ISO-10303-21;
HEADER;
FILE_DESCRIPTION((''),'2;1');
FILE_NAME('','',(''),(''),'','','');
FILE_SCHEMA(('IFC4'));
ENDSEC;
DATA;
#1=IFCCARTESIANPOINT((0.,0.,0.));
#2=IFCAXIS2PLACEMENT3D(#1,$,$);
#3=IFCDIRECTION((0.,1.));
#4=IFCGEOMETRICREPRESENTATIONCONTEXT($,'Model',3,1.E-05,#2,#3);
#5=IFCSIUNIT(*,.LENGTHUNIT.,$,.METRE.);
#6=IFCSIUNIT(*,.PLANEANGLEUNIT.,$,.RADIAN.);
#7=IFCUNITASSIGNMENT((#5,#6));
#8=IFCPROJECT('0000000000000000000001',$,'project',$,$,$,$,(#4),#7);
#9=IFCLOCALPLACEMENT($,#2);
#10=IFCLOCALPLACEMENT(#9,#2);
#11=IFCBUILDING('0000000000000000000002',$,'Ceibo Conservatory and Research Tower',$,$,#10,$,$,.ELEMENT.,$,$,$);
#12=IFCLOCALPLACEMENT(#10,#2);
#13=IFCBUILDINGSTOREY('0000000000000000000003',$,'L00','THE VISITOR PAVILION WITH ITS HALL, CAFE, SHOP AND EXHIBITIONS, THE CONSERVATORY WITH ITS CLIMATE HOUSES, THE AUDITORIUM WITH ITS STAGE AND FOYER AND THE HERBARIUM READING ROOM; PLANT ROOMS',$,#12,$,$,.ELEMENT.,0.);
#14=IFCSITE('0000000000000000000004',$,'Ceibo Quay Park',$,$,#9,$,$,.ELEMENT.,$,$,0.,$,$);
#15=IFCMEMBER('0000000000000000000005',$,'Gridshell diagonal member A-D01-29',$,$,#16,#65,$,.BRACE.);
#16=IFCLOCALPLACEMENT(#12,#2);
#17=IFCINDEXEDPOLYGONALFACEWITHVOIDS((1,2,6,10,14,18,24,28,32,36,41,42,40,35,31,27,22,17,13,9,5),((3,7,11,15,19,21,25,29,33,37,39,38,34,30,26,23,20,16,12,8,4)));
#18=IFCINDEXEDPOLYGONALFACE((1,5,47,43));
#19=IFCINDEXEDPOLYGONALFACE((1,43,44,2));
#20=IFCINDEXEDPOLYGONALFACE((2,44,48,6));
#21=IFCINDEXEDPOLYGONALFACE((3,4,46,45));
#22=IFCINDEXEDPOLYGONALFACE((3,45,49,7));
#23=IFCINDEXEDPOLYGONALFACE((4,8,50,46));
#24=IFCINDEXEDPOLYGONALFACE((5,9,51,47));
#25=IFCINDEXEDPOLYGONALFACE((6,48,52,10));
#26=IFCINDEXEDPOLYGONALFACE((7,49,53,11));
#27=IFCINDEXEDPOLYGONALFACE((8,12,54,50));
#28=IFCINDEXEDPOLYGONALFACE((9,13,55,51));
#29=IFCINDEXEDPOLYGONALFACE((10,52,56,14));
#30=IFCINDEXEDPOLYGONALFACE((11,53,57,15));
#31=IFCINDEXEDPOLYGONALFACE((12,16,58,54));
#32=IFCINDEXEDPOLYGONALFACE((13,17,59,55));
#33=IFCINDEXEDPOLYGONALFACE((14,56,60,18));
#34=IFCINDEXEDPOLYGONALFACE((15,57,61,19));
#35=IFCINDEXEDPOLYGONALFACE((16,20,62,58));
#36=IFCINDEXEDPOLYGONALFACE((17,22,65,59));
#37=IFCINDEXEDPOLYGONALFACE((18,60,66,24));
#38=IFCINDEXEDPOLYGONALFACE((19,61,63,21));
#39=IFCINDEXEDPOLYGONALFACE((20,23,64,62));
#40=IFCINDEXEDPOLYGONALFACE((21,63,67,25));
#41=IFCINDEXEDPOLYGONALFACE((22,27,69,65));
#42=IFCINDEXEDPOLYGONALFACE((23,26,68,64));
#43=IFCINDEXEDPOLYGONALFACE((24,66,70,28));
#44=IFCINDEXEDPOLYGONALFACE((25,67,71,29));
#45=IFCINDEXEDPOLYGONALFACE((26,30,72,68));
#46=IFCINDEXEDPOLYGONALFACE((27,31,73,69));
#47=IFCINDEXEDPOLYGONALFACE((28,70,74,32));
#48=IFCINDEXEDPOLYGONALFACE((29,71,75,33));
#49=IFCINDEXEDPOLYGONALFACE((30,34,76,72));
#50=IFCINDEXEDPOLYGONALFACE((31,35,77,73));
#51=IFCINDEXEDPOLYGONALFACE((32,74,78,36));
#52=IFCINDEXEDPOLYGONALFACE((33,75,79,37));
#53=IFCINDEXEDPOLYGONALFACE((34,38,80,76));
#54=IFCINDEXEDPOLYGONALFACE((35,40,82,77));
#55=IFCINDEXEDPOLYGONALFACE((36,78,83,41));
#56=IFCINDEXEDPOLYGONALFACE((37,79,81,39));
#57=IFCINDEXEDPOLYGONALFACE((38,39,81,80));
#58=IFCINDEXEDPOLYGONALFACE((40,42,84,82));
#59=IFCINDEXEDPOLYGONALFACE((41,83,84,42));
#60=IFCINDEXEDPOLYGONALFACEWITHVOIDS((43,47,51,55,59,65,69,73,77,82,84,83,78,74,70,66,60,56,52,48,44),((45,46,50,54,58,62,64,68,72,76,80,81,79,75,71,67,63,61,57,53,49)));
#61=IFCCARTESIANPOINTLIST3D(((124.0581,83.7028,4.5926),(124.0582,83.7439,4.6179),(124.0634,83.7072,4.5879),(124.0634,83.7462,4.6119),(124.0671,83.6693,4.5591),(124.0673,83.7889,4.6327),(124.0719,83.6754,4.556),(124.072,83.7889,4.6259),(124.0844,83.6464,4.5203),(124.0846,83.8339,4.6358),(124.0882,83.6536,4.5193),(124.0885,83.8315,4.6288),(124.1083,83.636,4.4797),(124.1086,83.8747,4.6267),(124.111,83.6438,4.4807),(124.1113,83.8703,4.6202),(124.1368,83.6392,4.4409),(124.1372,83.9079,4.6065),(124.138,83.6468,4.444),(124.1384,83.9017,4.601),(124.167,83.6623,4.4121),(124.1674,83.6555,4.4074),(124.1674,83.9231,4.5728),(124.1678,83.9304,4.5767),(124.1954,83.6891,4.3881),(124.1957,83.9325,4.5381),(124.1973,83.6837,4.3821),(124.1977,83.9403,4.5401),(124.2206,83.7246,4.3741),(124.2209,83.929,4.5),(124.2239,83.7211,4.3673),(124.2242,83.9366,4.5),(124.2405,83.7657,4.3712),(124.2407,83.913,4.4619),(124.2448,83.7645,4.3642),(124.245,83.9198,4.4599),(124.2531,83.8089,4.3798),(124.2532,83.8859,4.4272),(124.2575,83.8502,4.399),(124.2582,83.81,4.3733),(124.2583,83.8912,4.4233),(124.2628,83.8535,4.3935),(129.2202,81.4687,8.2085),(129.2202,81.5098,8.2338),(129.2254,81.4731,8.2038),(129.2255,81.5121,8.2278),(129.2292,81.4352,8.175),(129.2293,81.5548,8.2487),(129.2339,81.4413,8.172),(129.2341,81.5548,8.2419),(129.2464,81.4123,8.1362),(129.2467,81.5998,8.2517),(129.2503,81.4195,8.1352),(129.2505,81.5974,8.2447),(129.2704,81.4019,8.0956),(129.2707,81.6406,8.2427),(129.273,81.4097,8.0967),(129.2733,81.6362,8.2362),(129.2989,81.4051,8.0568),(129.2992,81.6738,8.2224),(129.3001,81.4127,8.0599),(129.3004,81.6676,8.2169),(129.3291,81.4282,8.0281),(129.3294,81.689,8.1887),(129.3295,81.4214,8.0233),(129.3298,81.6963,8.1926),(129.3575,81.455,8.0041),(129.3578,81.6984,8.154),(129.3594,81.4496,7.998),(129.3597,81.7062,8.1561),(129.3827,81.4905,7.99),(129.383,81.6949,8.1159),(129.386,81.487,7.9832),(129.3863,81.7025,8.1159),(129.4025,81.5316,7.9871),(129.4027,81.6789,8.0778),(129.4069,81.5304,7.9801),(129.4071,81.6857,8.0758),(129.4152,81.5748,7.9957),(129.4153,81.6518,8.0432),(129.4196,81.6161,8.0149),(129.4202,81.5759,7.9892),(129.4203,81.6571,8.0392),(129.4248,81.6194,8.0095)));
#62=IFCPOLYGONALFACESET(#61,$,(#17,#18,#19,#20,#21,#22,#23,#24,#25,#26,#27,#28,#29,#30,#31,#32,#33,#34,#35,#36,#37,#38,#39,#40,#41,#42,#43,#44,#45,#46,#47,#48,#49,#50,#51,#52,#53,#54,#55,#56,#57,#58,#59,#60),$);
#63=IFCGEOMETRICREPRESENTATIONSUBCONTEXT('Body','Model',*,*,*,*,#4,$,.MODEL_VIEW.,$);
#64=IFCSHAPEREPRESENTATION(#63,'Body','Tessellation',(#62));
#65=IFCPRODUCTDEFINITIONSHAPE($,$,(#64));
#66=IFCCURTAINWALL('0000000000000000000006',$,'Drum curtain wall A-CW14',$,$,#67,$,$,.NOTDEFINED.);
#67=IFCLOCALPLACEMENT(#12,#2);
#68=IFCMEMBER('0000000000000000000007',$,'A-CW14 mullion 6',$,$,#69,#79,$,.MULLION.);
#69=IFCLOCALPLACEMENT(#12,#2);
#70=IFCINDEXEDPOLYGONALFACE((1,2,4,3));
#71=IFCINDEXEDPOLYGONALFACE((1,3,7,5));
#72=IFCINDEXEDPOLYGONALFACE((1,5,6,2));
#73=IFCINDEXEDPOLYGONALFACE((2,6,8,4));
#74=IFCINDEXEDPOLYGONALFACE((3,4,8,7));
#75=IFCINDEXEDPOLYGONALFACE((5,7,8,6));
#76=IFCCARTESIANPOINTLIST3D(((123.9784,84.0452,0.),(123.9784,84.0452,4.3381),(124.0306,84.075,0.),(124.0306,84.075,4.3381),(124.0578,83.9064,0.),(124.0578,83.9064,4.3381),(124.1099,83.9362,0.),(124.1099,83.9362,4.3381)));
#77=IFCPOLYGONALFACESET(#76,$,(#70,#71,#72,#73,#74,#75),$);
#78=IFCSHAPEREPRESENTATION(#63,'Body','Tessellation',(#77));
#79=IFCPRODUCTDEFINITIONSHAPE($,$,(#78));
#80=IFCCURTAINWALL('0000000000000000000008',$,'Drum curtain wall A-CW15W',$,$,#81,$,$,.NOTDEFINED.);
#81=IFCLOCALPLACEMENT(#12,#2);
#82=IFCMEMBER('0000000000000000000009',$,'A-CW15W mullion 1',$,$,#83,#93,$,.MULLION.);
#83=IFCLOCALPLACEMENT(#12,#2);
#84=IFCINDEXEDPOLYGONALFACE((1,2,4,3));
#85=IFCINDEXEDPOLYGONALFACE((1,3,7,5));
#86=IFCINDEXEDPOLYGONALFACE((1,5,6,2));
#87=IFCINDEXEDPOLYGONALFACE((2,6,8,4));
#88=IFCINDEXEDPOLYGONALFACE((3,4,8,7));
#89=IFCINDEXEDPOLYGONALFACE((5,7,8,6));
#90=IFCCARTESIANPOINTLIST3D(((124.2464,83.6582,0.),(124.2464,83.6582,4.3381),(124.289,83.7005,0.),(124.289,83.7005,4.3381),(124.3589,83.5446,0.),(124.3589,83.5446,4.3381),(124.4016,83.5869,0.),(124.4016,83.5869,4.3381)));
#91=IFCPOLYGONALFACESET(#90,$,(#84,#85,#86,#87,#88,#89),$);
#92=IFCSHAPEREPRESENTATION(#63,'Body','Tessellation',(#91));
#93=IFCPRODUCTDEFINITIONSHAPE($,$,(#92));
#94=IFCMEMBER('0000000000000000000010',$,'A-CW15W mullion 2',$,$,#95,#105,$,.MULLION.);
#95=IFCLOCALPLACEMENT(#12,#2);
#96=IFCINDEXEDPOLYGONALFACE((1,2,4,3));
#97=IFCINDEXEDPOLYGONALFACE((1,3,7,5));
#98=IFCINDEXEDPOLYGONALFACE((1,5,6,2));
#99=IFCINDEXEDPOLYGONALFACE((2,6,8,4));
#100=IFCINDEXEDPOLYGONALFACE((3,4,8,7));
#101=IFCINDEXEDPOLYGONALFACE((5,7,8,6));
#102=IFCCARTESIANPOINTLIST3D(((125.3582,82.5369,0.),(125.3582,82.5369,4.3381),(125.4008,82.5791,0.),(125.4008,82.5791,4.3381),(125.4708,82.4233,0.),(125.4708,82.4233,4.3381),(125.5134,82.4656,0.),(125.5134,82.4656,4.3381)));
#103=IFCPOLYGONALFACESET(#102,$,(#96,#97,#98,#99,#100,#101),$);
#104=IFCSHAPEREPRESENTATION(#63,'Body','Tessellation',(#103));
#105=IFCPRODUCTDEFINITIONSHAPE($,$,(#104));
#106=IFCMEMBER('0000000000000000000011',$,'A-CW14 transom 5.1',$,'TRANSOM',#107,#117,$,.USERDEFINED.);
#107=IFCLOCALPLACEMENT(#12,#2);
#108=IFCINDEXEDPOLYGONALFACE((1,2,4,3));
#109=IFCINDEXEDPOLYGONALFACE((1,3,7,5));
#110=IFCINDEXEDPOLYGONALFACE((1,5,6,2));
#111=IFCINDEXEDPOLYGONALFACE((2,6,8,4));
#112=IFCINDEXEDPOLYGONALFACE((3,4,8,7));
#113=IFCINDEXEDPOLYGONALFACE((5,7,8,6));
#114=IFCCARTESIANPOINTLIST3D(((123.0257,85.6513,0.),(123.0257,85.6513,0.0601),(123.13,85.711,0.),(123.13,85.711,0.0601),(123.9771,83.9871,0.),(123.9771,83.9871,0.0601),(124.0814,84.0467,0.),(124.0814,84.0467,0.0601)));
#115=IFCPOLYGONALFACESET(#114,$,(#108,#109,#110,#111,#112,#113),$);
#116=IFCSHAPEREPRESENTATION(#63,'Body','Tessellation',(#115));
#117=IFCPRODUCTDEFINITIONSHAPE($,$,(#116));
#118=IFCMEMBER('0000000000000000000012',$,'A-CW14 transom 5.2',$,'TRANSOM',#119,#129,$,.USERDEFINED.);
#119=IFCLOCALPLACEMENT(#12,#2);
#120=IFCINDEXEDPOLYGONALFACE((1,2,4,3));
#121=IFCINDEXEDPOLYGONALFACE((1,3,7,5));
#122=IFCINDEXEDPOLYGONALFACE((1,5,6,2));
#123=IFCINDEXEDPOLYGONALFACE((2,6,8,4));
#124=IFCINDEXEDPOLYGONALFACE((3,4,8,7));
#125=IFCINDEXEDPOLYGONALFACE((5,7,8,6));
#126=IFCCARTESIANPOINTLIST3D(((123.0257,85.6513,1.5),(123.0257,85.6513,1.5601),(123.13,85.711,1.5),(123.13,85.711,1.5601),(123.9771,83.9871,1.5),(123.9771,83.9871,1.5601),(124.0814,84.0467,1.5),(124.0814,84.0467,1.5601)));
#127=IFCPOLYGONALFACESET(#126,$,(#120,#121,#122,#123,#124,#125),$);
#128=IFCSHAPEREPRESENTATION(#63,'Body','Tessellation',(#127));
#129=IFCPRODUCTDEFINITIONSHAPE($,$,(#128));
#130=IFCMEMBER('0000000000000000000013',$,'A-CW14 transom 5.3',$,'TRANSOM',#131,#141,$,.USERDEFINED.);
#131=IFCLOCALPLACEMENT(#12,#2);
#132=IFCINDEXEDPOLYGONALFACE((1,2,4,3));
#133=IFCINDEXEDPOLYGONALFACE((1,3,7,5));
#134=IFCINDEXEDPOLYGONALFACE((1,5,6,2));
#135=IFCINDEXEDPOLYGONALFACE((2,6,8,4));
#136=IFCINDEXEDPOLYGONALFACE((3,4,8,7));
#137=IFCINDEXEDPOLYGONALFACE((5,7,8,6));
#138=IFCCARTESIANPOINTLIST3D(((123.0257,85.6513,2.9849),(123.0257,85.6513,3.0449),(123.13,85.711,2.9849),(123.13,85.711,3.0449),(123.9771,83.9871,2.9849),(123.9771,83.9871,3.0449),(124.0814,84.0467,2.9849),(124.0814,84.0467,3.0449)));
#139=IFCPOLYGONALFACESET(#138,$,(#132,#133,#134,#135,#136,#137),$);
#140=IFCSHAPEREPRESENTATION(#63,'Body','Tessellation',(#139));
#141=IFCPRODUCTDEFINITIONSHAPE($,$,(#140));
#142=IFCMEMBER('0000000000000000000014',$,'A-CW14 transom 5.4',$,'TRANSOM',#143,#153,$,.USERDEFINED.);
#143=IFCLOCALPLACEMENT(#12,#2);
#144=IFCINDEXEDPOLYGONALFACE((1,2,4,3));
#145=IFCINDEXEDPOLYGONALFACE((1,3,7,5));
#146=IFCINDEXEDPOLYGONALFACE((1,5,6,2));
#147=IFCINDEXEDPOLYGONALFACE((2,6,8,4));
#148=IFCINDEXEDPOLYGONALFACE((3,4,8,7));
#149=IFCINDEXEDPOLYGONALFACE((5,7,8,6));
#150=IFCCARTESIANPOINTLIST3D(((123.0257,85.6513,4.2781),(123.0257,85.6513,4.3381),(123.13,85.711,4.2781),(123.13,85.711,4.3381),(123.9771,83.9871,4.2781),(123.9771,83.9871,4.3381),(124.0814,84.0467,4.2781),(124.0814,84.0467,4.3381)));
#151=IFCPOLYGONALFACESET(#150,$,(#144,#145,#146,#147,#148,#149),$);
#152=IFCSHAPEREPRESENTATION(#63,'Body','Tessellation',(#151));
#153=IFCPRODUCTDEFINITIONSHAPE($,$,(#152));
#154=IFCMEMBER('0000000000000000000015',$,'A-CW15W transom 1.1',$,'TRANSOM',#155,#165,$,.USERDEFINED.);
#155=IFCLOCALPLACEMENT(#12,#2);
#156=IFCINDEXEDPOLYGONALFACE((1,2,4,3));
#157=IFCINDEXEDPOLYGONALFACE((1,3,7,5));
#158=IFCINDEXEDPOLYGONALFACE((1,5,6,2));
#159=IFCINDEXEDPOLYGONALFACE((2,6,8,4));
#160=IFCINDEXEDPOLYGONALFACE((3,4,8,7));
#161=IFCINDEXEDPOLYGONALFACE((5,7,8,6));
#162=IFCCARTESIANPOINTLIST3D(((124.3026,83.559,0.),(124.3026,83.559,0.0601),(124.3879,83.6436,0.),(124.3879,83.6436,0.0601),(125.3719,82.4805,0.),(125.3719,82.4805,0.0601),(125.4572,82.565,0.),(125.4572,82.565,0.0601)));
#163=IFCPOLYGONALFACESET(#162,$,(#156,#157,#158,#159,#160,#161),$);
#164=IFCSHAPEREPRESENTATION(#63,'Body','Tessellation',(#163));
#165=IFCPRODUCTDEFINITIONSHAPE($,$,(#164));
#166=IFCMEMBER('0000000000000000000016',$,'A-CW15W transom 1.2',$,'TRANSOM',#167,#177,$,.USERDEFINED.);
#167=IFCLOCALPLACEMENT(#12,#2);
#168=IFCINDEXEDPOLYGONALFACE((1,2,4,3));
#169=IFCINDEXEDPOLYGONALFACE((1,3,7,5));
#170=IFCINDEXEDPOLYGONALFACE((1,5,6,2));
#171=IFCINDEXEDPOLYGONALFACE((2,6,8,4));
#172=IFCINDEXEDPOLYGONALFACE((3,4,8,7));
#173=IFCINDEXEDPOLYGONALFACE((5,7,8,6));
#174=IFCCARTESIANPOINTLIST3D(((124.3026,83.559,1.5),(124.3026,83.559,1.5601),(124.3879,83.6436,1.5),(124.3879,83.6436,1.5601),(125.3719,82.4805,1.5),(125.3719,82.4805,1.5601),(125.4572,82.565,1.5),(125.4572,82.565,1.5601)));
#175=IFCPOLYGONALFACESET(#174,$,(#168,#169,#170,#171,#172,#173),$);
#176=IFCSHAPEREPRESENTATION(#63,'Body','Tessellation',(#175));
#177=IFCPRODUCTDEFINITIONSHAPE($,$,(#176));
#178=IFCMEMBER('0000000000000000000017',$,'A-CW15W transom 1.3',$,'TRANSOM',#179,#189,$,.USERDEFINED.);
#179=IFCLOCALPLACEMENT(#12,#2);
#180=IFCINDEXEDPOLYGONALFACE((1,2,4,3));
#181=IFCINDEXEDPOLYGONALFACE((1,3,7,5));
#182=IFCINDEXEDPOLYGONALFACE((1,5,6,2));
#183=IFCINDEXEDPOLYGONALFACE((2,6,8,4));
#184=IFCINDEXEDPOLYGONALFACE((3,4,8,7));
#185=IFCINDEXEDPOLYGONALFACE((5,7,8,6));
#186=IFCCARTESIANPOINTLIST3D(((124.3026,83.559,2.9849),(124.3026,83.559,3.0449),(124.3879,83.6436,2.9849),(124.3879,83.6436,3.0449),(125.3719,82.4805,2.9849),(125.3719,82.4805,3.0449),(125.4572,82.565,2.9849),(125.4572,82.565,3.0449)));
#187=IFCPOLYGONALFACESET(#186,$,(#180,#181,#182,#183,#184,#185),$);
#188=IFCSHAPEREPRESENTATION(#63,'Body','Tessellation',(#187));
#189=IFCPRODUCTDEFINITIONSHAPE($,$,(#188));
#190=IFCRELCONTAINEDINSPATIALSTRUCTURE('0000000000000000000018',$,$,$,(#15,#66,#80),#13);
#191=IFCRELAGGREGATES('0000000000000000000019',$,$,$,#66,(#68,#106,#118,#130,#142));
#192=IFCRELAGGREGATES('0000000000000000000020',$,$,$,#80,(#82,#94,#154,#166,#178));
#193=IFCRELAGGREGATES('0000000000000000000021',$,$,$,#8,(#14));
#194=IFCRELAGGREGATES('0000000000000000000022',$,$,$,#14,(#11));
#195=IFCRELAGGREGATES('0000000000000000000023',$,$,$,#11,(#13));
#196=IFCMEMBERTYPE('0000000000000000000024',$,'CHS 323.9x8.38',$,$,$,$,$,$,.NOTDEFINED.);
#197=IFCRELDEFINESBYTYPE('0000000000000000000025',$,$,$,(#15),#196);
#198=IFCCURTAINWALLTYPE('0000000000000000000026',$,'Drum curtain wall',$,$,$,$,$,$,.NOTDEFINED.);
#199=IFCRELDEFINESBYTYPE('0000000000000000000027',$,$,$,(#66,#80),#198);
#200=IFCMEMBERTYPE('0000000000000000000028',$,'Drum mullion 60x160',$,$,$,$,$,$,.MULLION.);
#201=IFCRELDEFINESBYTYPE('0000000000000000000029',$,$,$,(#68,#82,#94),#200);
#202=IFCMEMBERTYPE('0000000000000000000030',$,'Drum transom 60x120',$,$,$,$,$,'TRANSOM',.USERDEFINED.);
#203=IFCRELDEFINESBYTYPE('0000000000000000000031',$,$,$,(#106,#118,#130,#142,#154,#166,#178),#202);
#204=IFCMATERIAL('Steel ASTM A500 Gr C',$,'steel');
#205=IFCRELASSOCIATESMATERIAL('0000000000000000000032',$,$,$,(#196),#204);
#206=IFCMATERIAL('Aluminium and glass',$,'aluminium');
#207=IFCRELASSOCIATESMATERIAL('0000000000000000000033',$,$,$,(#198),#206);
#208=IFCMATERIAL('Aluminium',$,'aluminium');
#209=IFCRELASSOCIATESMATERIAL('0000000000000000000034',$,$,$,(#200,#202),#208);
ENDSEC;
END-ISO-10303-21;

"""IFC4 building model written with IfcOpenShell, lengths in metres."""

from ifc_helpers import new_model, si_unit, direction, frame, origin, origin_2d, place, context, subcontext, project, spatial, rectangle, hollow_circle, extrude, material, material_profile, profile_set, type_object, element, aggregate, save


model = new_model("IFC4")

# Units and contexts
model_context = context("Model", 3, precision=1e-05, world=origin(), true_north=direction((0.0, 1.0)))
body_context = subcontext(model_context, "Body", "Model", "MODEL_VIEW")
ifc_project = project(units=[si_unit("LENGTHUNIT", "METRE"), si_unit("PLANEANGLEUNIT", "RADIAN")], contexts=[model_context])

# Site, building, storey
site_placement = place(None, origin())
site = spatial("IfcSite", under=ifc_project, at=site_placement, Name="Ceibo Quay Park", CompositionType="ELEMENT", RefElevation=0.0)
building_placement = place(site_placement, origin())
building = spatial("IfcBuilding", under=site, at=building_placement, Name="Ceibo Conservatory and Research Tower", CompositionType="ELEMENT")
storey_placement = place(building_placement, origin())
storey = spatial("IfcBuildingStorey", under=building, at=storey_placement, Name="L00", Description="THE VISITOR PAVILION WITH ITS HALL, CAFE, SHOP AND EXHIBITIONS, THE CONSERVATORY WITH ITS CLIMATE HOUSES, THE AUDITORIUM WITH ITS STAGE AND FOYER AND THE HERBARIUM READING ROOM; PLANT ROOMS", CompositionType="ELEMENT", Elevation=0.0)

# Shared definitions
ifc_material_1 = material(Name="Steel ASTM A500 Gr C", Category="steel")

# Member
ifc_material_profile_1 = material_profile(ifc_material_1, hollow_circle(Radius=0.1619, WallThickness=0.0083, at=origin_2d()), Name="CHS 323.9x8.38")
ifc_profile_set_1 = profile_set([ifc_material_profile_1], Name="Steel ASTM A500 Gr C")
member_type_1 = type_object("IfcMemberType", Name="CHS 323.9x8.38", PredefinedType="NOTDEFINED", material=ifc_profile_set_1)
member_1_placement = place(storey_placement, frame((124.1599, 83.7881, 4.5), z_axis=(0.77198, -0.334108, 0.540758), x_axis=(0.397191, 0.917736, 0.0)))
element("IfcMember", 1, at=member_1_placement, inside=storey, type_object=member_type_1, Name="Gridshell diagonal member A-D01-29", PredefinedType="BRACE", context=body_context, shape_type="SweptSolid", body=[
    extrude(hollow_circle(Radius=0.1619, WallThickness=0.0083, at=origin_2d()), origin(), (0.0, 0.0, 1.0), 6.6868),
])

# Curtain wall, member
ifc_material_2 = material(Name="Aluminium and glass", Category="aluminium")
curtain_wall_type = type_object("IfcCurtainWallType", Name="Drum curtain wall", PredefinedType="NOTDEFINED", material=ifc_material_2)
curtain_wall_1_placement = place(storey_placement, origin())
curtain_wall_1 = element("IfcCurtainWall", 2, at=curtain_wall_1_placement, inside=storey, type_object=curtain_wall_type, Name="Drum curtain wall A-CW14", PredefinedType="NOTDEFINED")
ifc_material_3 = material(Name="Aluminium", Category="aluminium")
ifc_material_profile_2 = material_profile(ifc_material_3, rectangle(XDim=0.0601, YDim=0.1599, at=origin_2d()), Name="AL 60x160")
ifc_profile_set_2 = profile_set([ifc_material_profile_2], Name="Aluminium")
member_type_2 = type_object("IfcMemberType", Name="Drum mullion 60x160", PredefinedType="MULLION", material=ifc_profile_set_2)
member_2_placement = place(storey_placement, frame((124.0442, 83.9907, 0.0), z_axis=(0.0, 0.0, 1.0), x_axis=(0.868199, 0.496216, 0.0)))
member_2 = element("IfcMember", 3, at=member_2_placement, type_object=member_type_2, Name="A-CW14 mullion 6", PredefinedType="MULLION", context=body_context, shape_type="SweptSolid", body=[
    extrude(rectangle(XDim=0.0601, YDim=0.1599, at=origin_2d()), origin(), (0.0, 0.0, 1.0), 4.3381),
])

# Curtain wall, members
curtain_wall_2_placement = place(storey_placement, origin())
curtain_wall_2 = element("IfcCurtainWall", 4, at=curtain_wall_2_placement, inside=storey, type_object=curtain_wall_type, Name="Drum curtain wall A-CW15W", PredefinedType="NOTDEFINED")
member_3_placement = place(storey_placement, frame((124.324, 83.6226, 0.0), z_axis=(0.0, 0.0, 1.0), x_axis=(0.710185, 0.704015, 0.0)))
member_3 = element("IfcMember", 5, at=member_3_placement, type_object=member_type_2, Name="A-CW15W mullion 1", PredefinedType="MULLION", context=body_context, shape_type="SweptSolid", body=[
    extrude(rectangle(XDim=0.0601, YDim=0.1599, at=origin_2d()), origin(), (0.0, 0.0, 1.0), 4.3381),
])
member_4_placement = place(storey_placement, frame((125.4358, 82.5012, 0.0), z_axis=(0.0, 0.0, 1.0), x_axis=(0.710185, 0.704015, 0.0)))
member_4 = element("IfcMember", 6, at=member_4_placement, type_object=member_type_2, Name="A-CW15W mullion 2", PredefinedType="MULLION", context=body_context, shape_type="SweptSolid", body=[
    extrude(rectangle(XDim=0.0601, YDim=0.1599, at=origin_2d()), origin(), (0.0, 0.0, 1.0), 4.3381),
])

# Members
ifc_material_profile_3 = material_profile(ifc_material_3, rectangle(XDim=0.1201, YDim=0.0601, at=origin_2d()), Name="AL 60x120")
ifc_profile_set_3 = profile_set([ifc_material_profile_3], Name="Aluminium")
member_type_3 = type_object("IfcMemberType", Name="Drum transom 60x120", ElementType="TRANSOM", PredefinedType="USERDEFINED", material=ifc_profile_set_3)
member_5_placement = place(storey_placement, frame((123.0779, 85.6812, 0.03), z_axis=(0.49629, -0.868157, 0.0), x_axis=(0.868157, 0.49629, 0.0)))
member_5 = element("IfcMember", 7, at=member_5_placement, type_object=member_type_3, Name="A-CW14 transom 5.1", ObjectType="TRANSOM", PredefinedType="USERDEFINED", context=body_context, shape_type="SweptSolid", body=[
    extrude(rectangle(XDim=0.1201, YDim=0.0601, at=origin_2d()), origin(), (0.0, 0.0, 1.0), 1.917),
])
member_6_placement = place(storey_placement, frame((123.0779, 85.6812, 1.53), z_axis=(0.49629, -0.868157, 0.0), x_axis=(0.868157, 0.49629, 0.0)))
member_6 = element("IfcMember", 8, at=member_6_placement, type_object=member_type_3, Name="A-CW14 transom 5.2", ObjectType="TRANSOM", PredefinedType="USERDEFINED", context=body_context, shape_type="SweptSolid", body=[
    extrude(rectangle(XDim=0.1201, YDim=0.0601, at=origin_2d()), origin(), (0.0, 0.0, 1.0), 1.917),
])
member_7_placement = place(storey_placement, frame((123.0779, 85.6812, 3.0149), z_axis=(0.49629, -0.868157, 0.0), x_axis=(0.868157, 0.49629, 0.0)))
member_7 = element("IfcMember", 9, at=member_7_placement, type_object=member_type_3, Name="A-CW14 transom 5.3", ObjectType="TRANSOM", PredefinedType="USERDEFINED", context=body_context, shape_type="SweptSolid", body=[
    extrude(rectangle(XDim=0.1201, YDim=0.0601, at=origin_2d()), origin(), (0.0, 0.0, 1.0), 1.917),
])
member_8_placement = place(storey_placement, frame((123.0779, 85.6812, 4.3081), z_axis=(0.49629, -0.868157, 0.0), x_axis=(0.868157, 0.49629, 0.0)))
member_8 = element("IfcMember", 10, at=member_8_placement, type_object=member_type_3, Name="A-CW14 transom 5.4", ObjectType="TRANSOM", PredefinedType="USERDEFINED", context=body_context, shape_type="SweptSolid", body=[
    extrude(rectangle(XDim=0.1201, YDim=0.0601, at=origin_2d()), origin(), (0.0, 0.0, 1.0), 1.917),
])
member_9_placement = place(storey_placement, frame((124.3452, 83.6013, 0.03), z_axis=(0.704046, -0.710154, 0.0), x_axis=(0.710154, 0.704046, 0.0)))
member_9 = element("IfcMember", 11, at=member_9_placement, type_object=member_type_3, Name="A-CW15W transom 1.1", ObjectType="TRANSOM", PredefinedType="USERDEFINED", context=body_context, shape_type="SweptSolid", body=[
    extrude(rectangle(XDim=0.1201, YDim=0.0601, at=origin_2d()), origin(), (0.0, 0.0, 1.0), 1.5188),
])
member_10_placement = place(storey_placement, frame((124.3452, 83.6013, 1.53), z_axis=(0.704046, -0.710154, 0.0), x_axis=(0.710154, 0.704046, 0.0)))
member_10 = element("IfcMember", 12, at=member_10_placement, type_object=member_type_3, Name="A-CW15W transom 1.2", ObjectType="TRANSOM", PredefinedType="USERDEFINED", context=body_context, shape_type="SweptSolid", body=[
    extrude(rectangle(XDim=0.1201, YDim=0.0601, at=origin_2d()), origin(), (0.0, 0.0, 1.0), 1.5188),
])
member_11_placement = place(storey_placement, frame((124.3452, 83.6013, 3.0149), z_axis=(0.704046, -0.710154, 0.0), x_axis=(0.710154, 0.704046, 0.0)))
member_11 = element("IfcMember", 13, at=member_11_placement, type_object=member_type_3, Name="A-CW15W transom 1.3", ObjectType="TRANSOM", PredefinedType="USERDEFINED", context=body_context, shape_type="SweptSolid", body=[
    extrude(rectangle(XDim=0.1201, YDim=0.0601, at=origin_2d()), origin(), (0.0, 0.0, 1.0), 1.5188),
])

aggregate(curtain_wall_1, [member_2, member_5, member_6, member_7, member_8])
aggregate(curtain_wall_2, [member_3, member_4, member_9, member_10, member_11])

save(model, "model.ifc")
